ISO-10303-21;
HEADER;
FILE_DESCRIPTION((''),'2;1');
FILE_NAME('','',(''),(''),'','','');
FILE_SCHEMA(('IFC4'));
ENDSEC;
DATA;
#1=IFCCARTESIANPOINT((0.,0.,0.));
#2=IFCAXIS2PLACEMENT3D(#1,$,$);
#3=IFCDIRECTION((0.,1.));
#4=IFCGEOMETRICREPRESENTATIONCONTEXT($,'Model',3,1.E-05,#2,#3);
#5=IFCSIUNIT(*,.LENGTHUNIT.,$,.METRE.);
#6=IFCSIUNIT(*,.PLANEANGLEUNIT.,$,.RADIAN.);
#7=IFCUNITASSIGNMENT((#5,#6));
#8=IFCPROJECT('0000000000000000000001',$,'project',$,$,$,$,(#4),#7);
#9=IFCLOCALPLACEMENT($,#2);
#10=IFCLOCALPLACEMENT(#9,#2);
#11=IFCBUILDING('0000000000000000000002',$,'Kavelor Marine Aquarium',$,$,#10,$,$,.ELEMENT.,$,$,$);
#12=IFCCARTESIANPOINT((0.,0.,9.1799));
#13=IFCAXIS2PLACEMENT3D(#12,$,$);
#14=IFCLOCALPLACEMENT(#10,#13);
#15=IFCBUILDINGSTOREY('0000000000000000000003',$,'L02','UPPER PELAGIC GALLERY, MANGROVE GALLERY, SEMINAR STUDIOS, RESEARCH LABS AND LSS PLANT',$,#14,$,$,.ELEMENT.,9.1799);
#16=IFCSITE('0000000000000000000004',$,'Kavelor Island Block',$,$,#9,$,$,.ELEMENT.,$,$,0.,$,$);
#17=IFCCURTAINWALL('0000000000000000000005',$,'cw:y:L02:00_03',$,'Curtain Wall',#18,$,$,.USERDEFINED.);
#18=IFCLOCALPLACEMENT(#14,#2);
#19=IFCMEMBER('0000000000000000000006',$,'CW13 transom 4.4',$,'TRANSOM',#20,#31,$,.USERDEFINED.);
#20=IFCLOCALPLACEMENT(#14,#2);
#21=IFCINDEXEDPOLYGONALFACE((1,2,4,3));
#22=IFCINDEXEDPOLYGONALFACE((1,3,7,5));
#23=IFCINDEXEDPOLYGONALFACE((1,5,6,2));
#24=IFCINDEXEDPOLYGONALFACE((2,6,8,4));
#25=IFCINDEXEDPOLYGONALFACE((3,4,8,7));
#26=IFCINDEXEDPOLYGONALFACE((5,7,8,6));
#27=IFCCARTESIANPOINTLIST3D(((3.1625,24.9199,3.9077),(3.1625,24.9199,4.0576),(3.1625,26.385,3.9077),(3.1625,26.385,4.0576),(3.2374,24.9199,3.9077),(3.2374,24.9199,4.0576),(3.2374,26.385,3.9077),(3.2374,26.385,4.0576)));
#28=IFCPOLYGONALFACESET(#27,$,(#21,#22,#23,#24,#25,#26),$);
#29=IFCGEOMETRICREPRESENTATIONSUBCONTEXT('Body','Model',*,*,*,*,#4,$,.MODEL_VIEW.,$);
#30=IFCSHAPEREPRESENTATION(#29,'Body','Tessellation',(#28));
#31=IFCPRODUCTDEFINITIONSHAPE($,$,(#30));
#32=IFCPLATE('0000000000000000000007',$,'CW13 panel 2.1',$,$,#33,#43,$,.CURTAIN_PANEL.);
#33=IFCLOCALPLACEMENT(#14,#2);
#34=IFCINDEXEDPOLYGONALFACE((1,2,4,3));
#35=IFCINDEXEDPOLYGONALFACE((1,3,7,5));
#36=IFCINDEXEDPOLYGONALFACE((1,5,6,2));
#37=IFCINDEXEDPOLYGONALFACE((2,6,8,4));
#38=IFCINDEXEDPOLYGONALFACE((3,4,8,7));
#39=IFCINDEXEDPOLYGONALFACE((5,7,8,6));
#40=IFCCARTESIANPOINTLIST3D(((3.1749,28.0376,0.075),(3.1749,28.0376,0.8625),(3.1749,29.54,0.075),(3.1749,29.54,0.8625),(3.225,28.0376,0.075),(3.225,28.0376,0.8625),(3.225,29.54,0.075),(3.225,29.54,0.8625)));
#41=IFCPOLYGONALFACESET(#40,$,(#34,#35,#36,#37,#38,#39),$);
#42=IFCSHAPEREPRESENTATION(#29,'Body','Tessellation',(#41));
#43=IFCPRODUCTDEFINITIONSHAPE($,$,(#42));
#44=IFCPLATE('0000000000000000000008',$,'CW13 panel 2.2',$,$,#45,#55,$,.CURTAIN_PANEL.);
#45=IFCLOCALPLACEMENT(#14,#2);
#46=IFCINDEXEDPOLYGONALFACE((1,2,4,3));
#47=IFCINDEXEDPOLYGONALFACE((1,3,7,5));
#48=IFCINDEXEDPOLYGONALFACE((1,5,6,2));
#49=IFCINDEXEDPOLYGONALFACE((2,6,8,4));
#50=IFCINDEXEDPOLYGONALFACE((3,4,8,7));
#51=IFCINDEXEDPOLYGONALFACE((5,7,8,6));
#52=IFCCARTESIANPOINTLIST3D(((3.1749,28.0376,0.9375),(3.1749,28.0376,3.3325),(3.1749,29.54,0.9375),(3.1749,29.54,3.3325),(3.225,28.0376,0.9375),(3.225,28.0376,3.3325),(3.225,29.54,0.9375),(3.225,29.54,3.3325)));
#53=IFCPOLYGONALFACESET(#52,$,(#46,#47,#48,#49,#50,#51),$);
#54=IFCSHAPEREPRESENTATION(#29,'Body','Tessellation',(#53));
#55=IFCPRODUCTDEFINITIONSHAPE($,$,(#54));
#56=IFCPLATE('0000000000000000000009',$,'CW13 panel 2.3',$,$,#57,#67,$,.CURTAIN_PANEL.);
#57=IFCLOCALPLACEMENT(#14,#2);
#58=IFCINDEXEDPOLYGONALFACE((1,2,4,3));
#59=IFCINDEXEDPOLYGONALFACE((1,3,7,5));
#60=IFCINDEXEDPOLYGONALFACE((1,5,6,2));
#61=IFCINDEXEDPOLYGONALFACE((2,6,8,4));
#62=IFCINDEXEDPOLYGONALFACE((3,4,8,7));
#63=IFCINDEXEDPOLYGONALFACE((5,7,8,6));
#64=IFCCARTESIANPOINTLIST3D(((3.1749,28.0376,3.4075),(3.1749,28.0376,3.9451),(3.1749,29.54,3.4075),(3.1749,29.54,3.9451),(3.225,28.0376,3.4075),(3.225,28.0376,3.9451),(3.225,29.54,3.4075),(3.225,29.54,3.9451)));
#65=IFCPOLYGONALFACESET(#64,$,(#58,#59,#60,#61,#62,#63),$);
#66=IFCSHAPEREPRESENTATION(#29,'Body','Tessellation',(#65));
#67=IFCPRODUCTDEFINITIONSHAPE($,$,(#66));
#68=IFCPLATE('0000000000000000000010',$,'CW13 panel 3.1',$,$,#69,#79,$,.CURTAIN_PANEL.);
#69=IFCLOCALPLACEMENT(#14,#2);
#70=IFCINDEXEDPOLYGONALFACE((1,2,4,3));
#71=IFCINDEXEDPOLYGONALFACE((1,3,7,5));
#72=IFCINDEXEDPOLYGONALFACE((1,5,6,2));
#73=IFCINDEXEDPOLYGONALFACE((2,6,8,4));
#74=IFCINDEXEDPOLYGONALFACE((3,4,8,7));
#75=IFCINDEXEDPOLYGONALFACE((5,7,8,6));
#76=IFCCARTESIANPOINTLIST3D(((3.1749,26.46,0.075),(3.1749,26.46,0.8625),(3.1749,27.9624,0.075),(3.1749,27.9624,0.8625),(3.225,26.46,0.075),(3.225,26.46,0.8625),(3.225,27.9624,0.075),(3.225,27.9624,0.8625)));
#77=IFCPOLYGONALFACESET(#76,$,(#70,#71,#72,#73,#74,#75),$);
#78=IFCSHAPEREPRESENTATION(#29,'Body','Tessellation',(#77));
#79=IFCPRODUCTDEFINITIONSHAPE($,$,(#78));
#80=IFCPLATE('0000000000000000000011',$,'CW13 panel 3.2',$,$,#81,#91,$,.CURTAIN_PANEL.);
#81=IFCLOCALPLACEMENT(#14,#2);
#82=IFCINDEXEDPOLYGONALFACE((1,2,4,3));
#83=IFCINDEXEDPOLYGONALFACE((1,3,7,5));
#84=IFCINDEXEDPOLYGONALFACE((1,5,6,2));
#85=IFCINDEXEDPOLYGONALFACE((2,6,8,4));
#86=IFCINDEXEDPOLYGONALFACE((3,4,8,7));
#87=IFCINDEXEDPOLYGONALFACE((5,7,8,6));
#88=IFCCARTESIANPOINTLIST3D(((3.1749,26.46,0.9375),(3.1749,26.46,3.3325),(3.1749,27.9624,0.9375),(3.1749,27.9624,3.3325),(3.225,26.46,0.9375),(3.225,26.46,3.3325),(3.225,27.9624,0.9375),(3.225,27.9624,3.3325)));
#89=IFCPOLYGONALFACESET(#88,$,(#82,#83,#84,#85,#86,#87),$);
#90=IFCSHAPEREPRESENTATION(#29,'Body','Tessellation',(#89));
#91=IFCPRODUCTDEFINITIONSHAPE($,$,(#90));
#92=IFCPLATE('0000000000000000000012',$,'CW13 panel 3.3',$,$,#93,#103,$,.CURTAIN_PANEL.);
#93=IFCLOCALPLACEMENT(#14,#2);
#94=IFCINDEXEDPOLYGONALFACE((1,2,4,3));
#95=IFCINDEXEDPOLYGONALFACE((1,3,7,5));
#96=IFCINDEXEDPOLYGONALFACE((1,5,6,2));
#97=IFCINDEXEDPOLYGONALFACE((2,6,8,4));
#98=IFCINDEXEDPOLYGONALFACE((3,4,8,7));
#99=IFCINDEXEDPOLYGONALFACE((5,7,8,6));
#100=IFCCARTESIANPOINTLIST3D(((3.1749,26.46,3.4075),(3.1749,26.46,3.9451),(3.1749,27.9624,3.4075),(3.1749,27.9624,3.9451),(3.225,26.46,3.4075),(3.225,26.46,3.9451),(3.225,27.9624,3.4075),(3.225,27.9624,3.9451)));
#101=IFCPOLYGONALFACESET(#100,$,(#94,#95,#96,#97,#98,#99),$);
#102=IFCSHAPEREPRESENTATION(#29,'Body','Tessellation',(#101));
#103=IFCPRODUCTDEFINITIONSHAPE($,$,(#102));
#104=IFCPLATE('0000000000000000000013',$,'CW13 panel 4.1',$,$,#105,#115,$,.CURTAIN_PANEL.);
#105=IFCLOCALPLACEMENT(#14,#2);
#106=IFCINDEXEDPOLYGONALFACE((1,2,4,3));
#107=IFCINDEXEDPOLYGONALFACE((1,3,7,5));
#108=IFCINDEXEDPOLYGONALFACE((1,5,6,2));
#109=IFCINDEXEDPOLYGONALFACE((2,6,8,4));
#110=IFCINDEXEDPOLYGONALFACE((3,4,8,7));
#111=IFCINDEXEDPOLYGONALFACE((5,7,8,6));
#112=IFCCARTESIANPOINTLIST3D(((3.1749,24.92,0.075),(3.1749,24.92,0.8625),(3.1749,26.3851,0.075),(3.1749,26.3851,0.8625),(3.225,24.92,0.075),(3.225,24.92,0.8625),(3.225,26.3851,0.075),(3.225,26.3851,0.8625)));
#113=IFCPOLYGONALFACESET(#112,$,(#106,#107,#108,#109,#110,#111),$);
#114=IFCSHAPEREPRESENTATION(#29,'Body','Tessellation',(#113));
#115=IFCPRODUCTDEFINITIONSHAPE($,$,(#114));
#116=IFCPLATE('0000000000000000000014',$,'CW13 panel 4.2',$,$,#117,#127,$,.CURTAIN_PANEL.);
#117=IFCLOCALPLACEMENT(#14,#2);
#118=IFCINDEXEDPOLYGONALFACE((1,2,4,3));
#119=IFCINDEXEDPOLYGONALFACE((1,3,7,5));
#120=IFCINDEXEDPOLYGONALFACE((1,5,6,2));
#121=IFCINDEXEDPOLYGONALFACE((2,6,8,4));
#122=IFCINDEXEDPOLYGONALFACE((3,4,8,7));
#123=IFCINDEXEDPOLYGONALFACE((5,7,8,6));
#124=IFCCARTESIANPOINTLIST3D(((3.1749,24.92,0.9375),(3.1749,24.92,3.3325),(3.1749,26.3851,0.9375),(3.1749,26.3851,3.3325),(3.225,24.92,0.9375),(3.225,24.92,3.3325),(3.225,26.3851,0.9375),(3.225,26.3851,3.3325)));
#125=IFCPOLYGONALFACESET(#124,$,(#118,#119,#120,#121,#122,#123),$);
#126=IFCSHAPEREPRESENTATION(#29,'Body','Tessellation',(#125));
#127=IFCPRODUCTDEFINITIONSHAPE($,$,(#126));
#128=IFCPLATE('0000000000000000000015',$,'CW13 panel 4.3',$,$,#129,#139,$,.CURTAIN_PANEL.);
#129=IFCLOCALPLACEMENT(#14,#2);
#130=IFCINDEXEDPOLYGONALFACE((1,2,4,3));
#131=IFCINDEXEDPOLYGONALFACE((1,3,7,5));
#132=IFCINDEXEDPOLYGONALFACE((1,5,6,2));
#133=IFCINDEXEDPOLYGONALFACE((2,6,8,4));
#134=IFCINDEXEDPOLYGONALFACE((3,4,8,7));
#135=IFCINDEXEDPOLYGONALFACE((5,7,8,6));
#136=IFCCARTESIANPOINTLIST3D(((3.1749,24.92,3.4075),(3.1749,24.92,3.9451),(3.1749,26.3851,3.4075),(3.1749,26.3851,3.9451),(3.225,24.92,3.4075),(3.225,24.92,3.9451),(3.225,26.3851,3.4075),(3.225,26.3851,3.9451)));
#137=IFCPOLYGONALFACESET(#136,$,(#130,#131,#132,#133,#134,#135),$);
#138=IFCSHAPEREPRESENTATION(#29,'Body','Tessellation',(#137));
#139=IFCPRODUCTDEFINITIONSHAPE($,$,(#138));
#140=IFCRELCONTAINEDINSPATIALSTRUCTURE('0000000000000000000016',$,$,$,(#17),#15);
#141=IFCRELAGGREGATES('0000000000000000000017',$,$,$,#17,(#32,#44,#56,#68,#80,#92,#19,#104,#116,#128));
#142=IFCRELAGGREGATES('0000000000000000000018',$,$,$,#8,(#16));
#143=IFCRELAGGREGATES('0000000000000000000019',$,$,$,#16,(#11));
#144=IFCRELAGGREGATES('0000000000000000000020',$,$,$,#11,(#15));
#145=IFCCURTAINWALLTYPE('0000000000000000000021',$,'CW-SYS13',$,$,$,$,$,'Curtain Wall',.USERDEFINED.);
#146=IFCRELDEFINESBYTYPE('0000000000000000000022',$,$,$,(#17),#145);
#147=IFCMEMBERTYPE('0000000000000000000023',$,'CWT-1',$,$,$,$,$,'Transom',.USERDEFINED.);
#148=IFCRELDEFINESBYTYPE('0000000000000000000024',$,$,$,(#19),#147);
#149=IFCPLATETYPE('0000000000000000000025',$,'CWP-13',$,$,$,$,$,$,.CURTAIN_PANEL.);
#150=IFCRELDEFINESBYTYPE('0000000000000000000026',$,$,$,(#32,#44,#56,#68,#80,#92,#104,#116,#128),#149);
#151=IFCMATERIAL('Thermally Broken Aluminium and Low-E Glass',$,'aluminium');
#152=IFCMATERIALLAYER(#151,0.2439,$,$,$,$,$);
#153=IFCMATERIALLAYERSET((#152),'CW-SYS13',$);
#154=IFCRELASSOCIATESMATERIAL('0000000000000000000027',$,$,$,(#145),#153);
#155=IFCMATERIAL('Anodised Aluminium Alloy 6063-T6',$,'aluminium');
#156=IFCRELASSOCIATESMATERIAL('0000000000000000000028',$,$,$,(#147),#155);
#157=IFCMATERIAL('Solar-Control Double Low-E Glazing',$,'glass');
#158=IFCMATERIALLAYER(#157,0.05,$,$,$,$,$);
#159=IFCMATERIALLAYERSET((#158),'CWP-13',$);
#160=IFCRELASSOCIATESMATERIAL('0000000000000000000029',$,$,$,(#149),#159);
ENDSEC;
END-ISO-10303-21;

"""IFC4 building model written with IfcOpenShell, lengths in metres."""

from ifc_helpers import new_model, si_unit, direction, frame, origin, origin_2d, place, context, subcontext, project, spatial, rectangle, extrude, material, layer, layer_set, material_profile, profile_set, type_object, element, aggregate, save


model = new_model("IFC4")

# Units and contexts
model_context = context("Model", 3, precision=1e-05, world=origin(), true_north=direction((0.0, 1.0)))
body_context = subcontext(model_context, "Body", "Model", "MODEL_VIEW")
ifc_project = project(units=[si_unit("LENGTHUNIT", "METRE"), si_unit("PLANEANGLEUNIT", "RADIAN")], contexts=[model_context])

# Site, building, storey
site_placement = place(None, origin())
site = spatial("IfcSite", under=ifc_project, at=site_placement, Name="Kavelor Island Block", CompositionType="ELEMENT", RefElevation=0.0)
building_placement = place(site_placement, origin())
building = spatial("IfcBuilding", under=site, at=building_placement, Name="Kavelor Marine Aquarium", CompositionType="ELEMENT")
storey_placement = place(building_placement, frame((0.0, 0.0, 9.1799)))
storey = spatial("IfcBuildingStorey", under=building, at=storey_placement, Name="L02", Description="UPPER PELAGIC GALLERY, MANGROVE GALLERY, SEMINAR STUDIOS, RESEARCH LABS AND LSS PLANT", CompositionType="ELEMENT", Elevation=9.1799)

# Curtain wall, member, plates
ifc_material_1 = material(Name="Thermally Broken Aluminium and Low-E Glass", Category="aluminium")
ifc_layer_1 = layer(ifc_material_1, 0.2439)
ifc_layer_set_1 = layer_set([ifc_layer_1], Name="CW-SYS13")
curtain_wall_type = type_object("IfcCurtainWallType", Name="CW-SYS13", ElementType="Curtain Wall", PredefinedType="USERDEFINED", material=ifc_layer_set_1)
curtain_wall_placement = place(storey_placement, origin())
curtain_wall = element("IfcCurtainWall", 1, at=curtain_wall_placement, inside=storey, type_object=curtain_wall_type, Name="cw:y:L02:00_03", ObjectType="Curtain Wall", PredefinedType="USERDEFINED")
ifc_material_2 = material(Name="Anodised Aluminium Alloy 6063-T6", Category="aluminium")
ifc_material_profile_1 = material_profile(ifc_material_2, rectangle(XDim=0.075, YDim=0.1499, at=origin_2d()), Name="CW-TRN 75x150")
ifc_profile_set_1 = profile_set([ifc_material_profile_1], Name="Anodised Aluminium Alloy 6063-T6")
member_type_1 = type_object("IfcMemberType", Name="CWT-1", ElementType="Transom", PredefinedType="USERDEFINED", material=ifc_profile_set_1)
member_1_placement = place(storey_placement, frame((3.2, 26.385, 3.9827), z_axis=(0.0, -1.0, 0.0), x_axis=(1.0, 0.0, 0.0)))
member_1 = element("IfcMember", 2, at=member_1_placement, type_object=member_type_1, Name="CW13 transom 4.4", ObjectType="TRANSOM", PredefinedType="USERDEFINED", context=body_context, shape_type="SweptSolid", body=[
    extrude(rectangle(XDim=0.075, YDim=0.1499, at=origin_2d()), origin(), (0.0, 0.0, 1.0), 1.4651),
])
ifc_material_3 = material(Name="Solar-Control Double Low-E Glazing", Category="glass")
ifc_layer_2 = layer(ifc_material_3, 0.05)
ifc_layer_set_2 = layer_set([ifc_layer_2], Name="CWP-13")
plate_type = type_object("IfcPlateType", Name="CWP-13", PredefinedType="CURTAIN_PANEL", material=ifc_layer_set_2)
plate_1_placement = place(storey_placement, frame((3.2, 28.7888, 0.075), z_axis=(0.0, 0.0, 1.0), x_axis=(0.0, -1.0, 0.0)))
plate_1 = element("IfcPlate", 3, at=plate_1_placement, type_object=plate_type, Name="CW13 panel 2.1", PredefinedType="CURTAIN_PANEL", context=body_context, shape_type="SweptSolid", body=[
    extrude(rectangle(XDim=1.5024, YDim=0.05, at=origin_2d()), origin(), (0.0, 0.0, 1.0), 0.7876),
])
plate_2_placement = place(storey_placement, frame((3.2, 28.7888, 0.9375), z_axis=(0.0, 0.0, 1.0), x_axis=(0.0, -1.0, 0.0)))
plate_2 = element("IfcPlate", 4, at=plate_2_placement, type_object=plate_type, Name="CW13 panel 2.2", PredefinedType="CURTAIN_PANEL", context=body_context, shape_type="SweptSolid", body=[
    extrude(rectangle(XDim=1.5024, YDim=0.05, at=origin_2d()), origin(), (0.0, 0.0, 1.0), 2.395),
])
plate_3_placement = place(storey_placement, frame((3.2, 28.7888, 3.4075), z_axis=(0.0, 0.0, 1.0), x_axis=(0.0, -1.0, 0.0)))
plate_3 = element("IfcPlate", 5, at=plate_3_placement, type_object=plate_type, Name="CW13 panel 2.3", PredefinedType="CURTAIN_PANEL", context=body_context, shape_type="SweptSolid", body=[
    extrude(rectangle(XDim=1.5024, YDim=0.05, at=origin_2d()), origin(), (0.0, 0.0, 1.0), 0.5376),
])
plate_4_placement = place(storey_placement, frame((3.2, 27.2112, 0.075), z_axis=(0.0, 0.0, 1.0), x_axis=(0.0, -1.0, 0.0)))
plate_4 = element("IfcPlate", 6, at=plate_4_placement, type_object=plate_type, Name="CW13 panel 3.1", PredefinedType="CURTAIN_PANEL", context=body_context, shape_type="SweptSolid", body=[
    extrude(rectangle(XDim=1.5024, YDim=0.05, at=origin_2d()), origin(), (0.0, 0.0, 1.0), 0.7876),
])
plate_5_placement = place(storey_placement, frame((3.2, 27.2112, 0.9375), z_axis=(0.0, 0.0, 1.0), x_axis=(0.0, -1.0, 0.0)))
plate_5 = element("IfcPlate", 7, at=plate_5_placement, type_object=plate_type, Name="CW13 panel 3.2", PredefinedType="CURTAIN_PANEL", context=body_context, shape_type="SweptSolid", body=[
    extrude(rectangle(XDim=1.5024, YDim=0.05, at=origin_2d()), origin(), (0.0, 0.0, 1.0), 2.395),
])
plate_6_placement = place(storey_placement, frame((3.2, 27.2112, 3.4075), z_axis=(0.0, 0.0, 1.0), x_axis=(0.0, -1.0, 0.0)))
plate_6 = element("IfcPlate", 8, at=plate_6_placement, type_object=plate_type, Name="CW13 panel 3.3", PredefinedType="CURTAIN_PANEL", context=body_context, shape_type="SweptSolid", body=[
    extrude(rectangle(XDim=1.5024, YDim=0.05, at=origin_2d()), origin(), (0.0, 0.0, 1.0), 0.5376),
])
plate_7_placement = place(storey_placement, frame((3.2, 25.6526, 0.075), z_axis=(0.0, 0.0, 1.0), x_axis=(0.0, -1.0, 0.0)))
plate_7 = element("IfcPlate", 9, at=plate_7_placement, type_object=plate_type, Name="CW13 panel 4.1", PredefinedType="CURTAIN_PANEL", context=body_context, shape_type="SweptSolid", body=[
    extrude(rectangle(XDim=1.4651, YDim=0.05, at=origin_2d()), origin(), (0.0, 0.0, 1.0), 0.7876),
])
plate_8_placement = place(storey_placement, frame((3.2, 25.6526, 0.9375), z_axis=(0.0, 0.0, 1.0), x_axis=(0.0, -1.0, 0.0)))
plate_8 = element("IfcPlate", 10, at=plate_8_placement, type_object=plate_type, Name="CW13 panel 4.2", PredefinedType="CURTAIN_PANEL", context=body_context, shape_type="SweptSolid", body=[
    extrude(rectangle(XDim=1.4651, YDim=0.05, at=origin_2d()), origin(), (0.0, 0.0, 1.0), 2.395),
])
plate_9_placement = place(storey_placement, frame((3.2, 25.6526, 3.4075), z_axis=(0.0, 0.0, 1.0), x_axis=(0.0, -1.0, 0.0)))
plate_9 = element("IfcPlate", 11, at=plate_9_placement, type_object=plate_type, Name="CW13 panel 4.3", PredefinedType="CURTAIN_PANEL", context=body_context, shape_type="SweptSolid", body=[
    extrude(rectangle(XDim=1.4651, YDim=0.05, at=origin_2d()), origin(), (0.0, 0.0, 1.0), 0.5376),
])
aggregate(curtain_wall, [plate_1, plate_2, plate_3, plate_4, plate_5, plate_6, member_1, plate_7, plate_8, plate_9])

save(model, "model.ifc")
